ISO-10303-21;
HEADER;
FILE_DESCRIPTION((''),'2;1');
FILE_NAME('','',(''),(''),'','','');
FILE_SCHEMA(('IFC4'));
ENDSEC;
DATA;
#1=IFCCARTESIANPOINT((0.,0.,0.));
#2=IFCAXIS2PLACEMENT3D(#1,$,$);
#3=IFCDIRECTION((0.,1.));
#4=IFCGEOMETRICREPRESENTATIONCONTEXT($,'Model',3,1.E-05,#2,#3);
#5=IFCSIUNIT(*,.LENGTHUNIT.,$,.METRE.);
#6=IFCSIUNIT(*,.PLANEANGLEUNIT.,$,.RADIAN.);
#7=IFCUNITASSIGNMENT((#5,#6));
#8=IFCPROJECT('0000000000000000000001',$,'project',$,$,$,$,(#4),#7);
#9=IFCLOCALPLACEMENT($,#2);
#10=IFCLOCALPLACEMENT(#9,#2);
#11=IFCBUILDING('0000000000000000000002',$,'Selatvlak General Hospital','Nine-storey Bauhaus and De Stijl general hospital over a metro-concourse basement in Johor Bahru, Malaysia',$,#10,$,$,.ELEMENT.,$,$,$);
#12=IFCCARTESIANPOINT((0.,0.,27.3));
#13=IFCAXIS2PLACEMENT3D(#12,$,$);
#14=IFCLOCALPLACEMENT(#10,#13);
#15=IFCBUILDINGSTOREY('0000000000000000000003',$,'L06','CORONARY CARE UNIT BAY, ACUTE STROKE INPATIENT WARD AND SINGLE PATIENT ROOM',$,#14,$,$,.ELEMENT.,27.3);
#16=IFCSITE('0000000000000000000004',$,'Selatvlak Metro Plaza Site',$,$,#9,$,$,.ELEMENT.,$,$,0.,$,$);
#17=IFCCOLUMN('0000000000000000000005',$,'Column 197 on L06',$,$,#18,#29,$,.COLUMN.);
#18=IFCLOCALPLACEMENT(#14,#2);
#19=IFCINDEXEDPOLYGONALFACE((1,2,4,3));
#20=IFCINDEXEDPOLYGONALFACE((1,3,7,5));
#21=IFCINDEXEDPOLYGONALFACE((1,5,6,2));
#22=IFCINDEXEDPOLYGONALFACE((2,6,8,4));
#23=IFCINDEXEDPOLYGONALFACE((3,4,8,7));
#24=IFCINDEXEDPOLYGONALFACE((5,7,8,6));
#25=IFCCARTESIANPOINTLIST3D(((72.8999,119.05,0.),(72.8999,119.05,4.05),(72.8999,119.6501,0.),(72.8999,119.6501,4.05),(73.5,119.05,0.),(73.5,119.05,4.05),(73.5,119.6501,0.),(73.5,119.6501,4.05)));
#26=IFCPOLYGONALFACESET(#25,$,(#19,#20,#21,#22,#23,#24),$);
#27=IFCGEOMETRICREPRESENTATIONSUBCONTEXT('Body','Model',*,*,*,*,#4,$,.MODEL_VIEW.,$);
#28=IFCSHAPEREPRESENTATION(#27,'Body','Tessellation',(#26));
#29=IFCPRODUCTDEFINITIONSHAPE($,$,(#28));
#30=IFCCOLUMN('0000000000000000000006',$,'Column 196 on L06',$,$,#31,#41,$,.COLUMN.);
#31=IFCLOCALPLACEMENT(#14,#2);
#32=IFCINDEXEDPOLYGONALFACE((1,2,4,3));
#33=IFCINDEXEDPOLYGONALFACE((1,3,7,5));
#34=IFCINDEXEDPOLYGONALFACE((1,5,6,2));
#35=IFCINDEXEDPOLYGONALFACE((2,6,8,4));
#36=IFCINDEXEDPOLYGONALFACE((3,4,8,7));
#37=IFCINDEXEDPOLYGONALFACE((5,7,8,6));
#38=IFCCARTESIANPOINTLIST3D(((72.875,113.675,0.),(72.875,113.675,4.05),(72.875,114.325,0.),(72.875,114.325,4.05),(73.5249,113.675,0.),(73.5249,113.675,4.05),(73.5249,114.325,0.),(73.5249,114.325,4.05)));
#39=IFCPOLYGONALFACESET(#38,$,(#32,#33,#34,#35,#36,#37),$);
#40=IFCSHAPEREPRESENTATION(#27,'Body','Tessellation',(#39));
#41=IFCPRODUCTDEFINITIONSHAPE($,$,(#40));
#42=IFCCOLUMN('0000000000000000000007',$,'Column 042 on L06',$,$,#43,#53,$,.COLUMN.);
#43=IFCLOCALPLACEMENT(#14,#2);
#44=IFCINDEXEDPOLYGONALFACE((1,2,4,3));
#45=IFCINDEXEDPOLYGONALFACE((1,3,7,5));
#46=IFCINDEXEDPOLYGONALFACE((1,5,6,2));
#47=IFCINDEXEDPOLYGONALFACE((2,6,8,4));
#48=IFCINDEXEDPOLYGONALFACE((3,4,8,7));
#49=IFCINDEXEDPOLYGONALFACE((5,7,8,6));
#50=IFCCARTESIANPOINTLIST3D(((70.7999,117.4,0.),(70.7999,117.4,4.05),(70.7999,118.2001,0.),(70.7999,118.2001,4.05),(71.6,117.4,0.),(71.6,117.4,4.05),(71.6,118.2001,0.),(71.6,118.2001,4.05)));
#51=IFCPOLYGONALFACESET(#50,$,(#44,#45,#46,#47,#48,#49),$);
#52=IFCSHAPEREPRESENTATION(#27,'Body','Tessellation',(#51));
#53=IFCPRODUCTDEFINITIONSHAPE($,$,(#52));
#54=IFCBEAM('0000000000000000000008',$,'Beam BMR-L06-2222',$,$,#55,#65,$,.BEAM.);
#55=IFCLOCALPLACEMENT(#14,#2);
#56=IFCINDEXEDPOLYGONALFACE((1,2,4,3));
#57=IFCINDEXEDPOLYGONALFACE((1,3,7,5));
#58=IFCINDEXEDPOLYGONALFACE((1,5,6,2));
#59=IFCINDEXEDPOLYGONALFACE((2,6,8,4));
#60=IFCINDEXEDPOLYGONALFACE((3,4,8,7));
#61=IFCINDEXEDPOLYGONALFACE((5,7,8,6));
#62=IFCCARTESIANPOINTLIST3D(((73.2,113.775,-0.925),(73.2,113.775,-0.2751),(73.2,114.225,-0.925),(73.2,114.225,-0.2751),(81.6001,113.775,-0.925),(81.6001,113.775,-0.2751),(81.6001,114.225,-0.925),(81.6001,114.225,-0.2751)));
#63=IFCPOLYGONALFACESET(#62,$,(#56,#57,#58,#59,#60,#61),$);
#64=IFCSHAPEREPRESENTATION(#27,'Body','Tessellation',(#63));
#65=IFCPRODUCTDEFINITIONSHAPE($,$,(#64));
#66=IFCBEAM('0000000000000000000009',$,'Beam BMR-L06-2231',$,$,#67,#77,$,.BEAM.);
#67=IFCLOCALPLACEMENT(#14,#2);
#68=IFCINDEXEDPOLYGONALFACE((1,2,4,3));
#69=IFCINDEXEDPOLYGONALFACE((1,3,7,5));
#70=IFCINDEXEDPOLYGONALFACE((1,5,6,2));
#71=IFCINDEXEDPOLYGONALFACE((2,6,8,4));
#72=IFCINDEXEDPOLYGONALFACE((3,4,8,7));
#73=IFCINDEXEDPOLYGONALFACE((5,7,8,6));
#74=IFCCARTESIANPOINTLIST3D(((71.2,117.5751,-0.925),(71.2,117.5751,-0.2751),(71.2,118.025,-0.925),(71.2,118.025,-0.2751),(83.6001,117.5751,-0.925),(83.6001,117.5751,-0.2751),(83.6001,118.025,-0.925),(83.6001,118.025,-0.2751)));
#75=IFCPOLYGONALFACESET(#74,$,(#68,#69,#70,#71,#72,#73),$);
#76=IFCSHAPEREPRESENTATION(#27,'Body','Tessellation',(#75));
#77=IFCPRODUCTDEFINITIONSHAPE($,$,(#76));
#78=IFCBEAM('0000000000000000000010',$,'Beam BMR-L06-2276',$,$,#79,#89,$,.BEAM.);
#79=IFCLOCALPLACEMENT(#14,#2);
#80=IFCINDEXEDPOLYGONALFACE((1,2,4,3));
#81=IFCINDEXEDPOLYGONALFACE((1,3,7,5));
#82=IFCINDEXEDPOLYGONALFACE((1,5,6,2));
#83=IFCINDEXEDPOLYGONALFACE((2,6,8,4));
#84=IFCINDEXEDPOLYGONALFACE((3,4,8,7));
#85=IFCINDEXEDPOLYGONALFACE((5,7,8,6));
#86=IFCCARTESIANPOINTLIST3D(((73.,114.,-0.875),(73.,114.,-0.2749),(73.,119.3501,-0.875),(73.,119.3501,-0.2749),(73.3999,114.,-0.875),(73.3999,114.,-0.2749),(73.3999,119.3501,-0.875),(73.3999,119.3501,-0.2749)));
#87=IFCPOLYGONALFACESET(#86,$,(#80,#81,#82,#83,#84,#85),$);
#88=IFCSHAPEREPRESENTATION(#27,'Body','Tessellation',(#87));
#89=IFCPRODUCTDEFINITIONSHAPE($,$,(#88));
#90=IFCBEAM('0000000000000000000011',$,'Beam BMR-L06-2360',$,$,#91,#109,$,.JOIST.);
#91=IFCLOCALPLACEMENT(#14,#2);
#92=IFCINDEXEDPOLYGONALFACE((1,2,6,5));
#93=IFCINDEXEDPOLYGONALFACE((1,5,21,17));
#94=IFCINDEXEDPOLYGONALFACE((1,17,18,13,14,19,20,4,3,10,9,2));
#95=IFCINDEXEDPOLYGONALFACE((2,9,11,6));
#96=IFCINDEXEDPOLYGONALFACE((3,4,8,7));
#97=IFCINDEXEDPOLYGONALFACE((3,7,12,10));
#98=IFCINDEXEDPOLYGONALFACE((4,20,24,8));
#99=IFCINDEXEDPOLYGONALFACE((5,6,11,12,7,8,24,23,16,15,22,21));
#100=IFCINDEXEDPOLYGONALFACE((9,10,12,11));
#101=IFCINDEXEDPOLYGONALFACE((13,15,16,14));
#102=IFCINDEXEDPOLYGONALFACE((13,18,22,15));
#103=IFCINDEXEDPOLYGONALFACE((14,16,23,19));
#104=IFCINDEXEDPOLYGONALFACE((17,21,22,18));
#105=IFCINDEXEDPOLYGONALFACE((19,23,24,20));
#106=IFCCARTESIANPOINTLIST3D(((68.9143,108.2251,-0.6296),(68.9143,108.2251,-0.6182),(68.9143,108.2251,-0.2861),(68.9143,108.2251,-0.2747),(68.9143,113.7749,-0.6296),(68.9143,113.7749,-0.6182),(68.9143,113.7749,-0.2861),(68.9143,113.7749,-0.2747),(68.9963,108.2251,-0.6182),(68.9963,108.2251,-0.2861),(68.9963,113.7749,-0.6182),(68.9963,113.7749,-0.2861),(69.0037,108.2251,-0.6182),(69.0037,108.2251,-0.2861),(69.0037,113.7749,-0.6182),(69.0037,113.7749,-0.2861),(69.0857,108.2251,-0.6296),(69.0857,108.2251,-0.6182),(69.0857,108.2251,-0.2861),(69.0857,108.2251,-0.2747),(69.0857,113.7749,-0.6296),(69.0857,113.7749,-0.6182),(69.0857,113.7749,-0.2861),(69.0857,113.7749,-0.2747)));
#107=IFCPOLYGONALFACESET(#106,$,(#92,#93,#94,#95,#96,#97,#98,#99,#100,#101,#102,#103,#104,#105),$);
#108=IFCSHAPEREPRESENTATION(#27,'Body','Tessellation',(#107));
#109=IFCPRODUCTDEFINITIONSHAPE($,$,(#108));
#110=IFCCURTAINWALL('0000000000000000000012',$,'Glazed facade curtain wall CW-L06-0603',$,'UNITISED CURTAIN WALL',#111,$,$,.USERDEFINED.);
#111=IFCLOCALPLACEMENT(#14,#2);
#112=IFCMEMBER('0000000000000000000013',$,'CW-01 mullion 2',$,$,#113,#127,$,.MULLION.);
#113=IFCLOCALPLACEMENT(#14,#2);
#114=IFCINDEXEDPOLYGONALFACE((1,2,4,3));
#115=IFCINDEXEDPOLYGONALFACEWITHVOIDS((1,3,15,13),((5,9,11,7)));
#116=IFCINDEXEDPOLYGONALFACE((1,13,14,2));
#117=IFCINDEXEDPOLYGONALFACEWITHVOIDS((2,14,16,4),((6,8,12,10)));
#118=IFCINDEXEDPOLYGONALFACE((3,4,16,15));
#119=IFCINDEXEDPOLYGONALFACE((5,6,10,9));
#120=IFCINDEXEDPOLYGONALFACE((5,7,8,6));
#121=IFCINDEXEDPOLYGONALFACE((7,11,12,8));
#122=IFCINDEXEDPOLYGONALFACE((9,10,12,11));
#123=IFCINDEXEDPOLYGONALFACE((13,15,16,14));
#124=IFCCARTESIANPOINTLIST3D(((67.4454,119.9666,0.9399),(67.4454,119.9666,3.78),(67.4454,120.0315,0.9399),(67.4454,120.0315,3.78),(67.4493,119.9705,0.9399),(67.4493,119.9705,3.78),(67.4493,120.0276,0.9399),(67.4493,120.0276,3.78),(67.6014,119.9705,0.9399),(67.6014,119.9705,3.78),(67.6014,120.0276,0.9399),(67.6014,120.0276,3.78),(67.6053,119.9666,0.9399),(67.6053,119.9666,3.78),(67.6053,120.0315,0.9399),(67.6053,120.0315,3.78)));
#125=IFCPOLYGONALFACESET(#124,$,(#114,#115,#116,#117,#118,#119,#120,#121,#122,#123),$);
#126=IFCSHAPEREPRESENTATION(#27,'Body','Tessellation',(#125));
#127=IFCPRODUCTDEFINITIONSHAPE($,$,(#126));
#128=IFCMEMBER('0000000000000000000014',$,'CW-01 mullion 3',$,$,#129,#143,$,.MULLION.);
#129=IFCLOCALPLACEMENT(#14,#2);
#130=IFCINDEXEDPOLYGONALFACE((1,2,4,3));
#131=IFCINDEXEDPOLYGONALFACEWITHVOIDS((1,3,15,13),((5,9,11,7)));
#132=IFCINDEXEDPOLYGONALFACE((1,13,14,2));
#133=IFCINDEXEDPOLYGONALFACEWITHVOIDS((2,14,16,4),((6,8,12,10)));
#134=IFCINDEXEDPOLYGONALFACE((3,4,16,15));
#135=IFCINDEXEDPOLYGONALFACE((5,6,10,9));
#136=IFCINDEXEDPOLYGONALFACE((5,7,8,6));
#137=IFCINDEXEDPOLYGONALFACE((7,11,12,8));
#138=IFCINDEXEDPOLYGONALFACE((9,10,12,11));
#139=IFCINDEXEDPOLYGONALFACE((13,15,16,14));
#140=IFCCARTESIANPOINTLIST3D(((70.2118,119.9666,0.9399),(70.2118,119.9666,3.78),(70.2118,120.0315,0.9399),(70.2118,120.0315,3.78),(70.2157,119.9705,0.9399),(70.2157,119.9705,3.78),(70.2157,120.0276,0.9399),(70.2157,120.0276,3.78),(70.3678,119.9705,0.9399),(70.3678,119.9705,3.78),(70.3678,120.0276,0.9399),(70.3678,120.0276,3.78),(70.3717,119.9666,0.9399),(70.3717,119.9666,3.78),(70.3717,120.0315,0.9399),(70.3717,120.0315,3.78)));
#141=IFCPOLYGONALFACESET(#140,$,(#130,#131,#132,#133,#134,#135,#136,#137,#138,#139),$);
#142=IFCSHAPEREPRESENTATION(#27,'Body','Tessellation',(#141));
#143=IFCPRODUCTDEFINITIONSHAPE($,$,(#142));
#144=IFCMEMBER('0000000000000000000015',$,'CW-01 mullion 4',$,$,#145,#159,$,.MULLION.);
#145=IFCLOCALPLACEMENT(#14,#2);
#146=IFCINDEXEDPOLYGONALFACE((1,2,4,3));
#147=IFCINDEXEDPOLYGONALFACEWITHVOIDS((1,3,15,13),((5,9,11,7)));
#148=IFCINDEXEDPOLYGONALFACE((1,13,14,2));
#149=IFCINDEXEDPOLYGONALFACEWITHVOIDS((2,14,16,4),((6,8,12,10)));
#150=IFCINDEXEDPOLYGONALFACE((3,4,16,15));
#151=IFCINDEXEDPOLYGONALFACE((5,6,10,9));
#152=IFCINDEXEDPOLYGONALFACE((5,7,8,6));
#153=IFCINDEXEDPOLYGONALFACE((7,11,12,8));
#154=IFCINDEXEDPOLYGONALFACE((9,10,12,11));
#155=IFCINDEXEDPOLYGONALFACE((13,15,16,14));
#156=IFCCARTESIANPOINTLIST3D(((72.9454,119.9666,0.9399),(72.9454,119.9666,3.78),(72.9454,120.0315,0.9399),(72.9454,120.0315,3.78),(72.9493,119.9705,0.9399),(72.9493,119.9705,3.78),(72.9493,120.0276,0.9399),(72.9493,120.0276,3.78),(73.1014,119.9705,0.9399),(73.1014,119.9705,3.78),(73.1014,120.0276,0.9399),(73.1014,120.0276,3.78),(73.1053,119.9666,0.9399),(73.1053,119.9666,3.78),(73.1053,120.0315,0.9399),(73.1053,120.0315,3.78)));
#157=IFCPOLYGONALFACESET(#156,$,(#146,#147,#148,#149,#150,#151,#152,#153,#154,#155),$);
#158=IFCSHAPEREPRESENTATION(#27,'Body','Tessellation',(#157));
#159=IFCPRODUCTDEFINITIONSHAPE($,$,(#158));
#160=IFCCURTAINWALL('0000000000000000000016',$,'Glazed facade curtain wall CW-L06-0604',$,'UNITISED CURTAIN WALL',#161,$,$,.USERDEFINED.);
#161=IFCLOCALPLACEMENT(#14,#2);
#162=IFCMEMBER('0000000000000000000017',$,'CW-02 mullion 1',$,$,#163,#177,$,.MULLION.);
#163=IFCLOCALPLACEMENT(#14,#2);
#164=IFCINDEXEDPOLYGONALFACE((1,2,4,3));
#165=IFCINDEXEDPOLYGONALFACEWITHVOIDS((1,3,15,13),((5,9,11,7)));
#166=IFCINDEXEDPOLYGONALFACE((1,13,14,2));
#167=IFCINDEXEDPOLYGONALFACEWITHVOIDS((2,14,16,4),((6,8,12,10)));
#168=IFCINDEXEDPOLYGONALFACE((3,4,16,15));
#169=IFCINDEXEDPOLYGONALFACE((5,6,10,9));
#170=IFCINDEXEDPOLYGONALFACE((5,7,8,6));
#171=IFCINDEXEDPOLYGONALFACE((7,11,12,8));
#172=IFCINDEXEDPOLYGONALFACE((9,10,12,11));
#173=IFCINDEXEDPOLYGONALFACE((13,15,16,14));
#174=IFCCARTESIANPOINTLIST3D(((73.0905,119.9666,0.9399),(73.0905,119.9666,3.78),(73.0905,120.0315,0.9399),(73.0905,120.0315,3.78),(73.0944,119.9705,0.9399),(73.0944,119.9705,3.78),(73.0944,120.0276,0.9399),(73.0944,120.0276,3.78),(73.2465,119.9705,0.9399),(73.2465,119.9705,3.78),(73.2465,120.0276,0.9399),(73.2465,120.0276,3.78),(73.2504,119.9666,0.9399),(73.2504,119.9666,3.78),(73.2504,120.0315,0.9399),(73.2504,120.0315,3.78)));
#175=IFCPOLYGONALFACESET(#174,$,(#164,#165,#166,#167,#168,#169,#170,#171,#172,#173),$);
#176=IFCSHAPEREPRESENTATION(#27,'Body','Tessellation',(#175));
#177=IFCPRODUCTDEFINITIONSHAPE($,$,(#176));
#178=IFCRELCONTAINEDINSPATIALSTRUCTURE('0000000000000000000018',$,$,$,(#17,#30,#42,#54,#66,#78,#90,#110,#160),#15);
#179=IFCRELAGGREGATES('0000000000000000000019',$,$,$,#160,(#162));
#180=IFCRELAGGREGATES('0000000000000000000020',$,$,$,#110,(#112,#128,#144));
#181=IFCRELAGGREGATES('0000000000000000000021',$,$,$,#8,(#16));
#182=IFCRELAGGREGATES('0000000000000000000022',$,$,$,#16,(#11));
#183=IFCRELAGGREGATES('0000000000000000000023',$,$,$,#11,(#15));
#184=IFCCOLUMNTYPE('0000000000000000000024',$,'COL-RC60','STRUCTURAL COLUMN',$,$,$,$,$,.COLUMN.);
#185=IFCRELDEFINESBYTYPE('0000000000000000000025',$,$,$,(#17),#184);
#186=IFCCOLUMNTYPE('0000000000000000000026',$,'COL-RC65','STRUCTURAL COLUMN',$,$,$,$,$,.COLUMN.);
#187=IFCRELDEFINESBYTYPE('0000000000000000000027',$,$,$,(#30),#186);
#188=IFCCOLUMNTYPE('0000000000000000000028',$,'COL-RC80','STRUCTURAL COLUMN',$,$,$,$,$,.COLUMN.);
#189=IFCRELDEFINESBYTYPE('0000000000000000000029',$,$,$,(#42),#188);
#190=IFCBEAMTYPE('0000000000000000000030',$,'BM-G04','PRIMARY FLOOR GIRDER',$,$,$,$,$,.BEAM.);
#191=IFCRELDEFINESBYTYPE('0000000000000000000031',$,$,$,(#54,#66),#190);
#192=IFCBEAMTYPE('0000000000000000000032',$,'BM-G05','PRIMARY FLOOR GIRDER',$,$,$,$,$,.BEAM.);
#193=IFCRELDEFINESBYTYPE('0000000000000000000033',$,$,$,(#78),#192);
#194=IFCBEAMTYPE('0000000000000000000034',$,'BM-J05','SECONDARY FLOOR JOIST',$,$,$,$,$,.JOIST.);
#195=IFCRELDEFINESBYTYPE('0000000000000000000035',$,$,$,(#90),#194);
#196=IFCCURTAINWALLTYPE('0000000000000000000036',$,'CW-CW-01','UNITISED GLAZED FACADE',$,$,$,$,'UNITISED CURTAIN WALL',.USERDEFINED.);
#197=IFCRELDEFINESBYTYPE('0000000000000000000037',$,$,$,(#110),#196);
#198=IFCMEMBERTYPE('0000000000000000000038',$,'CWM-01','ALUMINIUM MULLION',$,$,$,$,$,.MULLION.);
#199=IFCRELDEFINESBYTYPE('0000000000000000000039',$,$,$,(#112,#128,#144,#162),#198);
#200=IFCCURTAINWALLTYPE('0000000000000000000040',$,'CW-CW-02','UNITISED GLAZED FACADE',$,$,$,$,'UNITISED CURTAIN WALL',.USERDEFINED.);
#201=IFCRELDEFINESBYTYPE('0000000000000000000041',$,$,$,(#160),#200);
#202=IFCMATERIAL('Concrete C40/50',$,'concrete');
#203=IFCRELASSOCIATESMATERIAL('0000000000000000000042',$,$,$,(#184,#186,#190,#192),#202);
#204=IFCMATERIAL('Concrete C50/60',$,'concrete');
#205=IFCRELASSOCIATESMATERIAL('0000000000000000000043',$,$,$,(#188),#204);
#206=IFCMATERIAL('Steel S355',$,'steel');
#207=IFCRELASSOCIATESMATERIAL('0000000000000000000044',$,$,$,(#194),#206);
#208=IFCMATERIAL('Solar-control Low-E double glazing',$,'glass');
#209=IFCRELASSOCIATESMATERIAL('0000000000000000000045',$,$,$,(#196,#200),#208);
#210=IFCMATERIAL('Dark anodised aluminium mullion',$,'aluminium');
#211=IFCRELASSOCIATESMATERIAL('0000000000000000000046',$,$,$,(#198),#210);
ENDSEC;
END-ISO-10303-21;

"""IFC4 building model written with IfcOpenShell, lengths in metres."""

from ifc_helpers import new_model, si_unit, direction, frame, origin, origin_2d, place, context, subcontext, project, spatial, rectangle, hollow_rectangle, i_section, extrude, material, material_profile, profile_set, type_object, element, aggregate, save


model = new_model("IFC4")

# Units and contexts
model_context = context("Model", 3, precision=1e-05, world=origin(), true_north=direction((0.0, 1.0)))
body_context = subcontext(model_context, "Body", "Model", "MODEL_VIEW")
ifc_project = project(units=[si_unit("LENGTHUNIT", "METRE"), si_unit("PLANEANGLEUNIT", "RADIAN")], contexts=[model_context])

# Site, building, storey
site_placement = place(None, origin())
site = spatial("IfcSite", under=ifc_project, at=site_placement, Name="Selatvlak Metro Plaza Site", CompositionType="ELEMENT", RefElevation=0.0)
building_placement = place(site_placement, origin())
building = spatial("IfcBuilding", under=site, at=building_placement, Name="Selatvlak General Hospital", Description="Nine-storey Bauhaus and De Stijl general hospital over a metro-concourse basement in Johor Bahru, Malaysia", CompositionType="ELEMENT")
storey_placement = place(building_placement, frame((0.0, 0.0, 27.3)))
storey = spatial("IfcBuildingStorey", under=building, at=storey_placement, Name="L06", Description="CORONARY CARE UNIT BAY, ACUTE STROKE INPATIENT WARD AND SINGLE PATIENT ROOM", CompositionType="ELEMENT", Elevation=27.3)

# Columns
ifc_material_1 = material(Name="Concrete C40/50", Category="concrete")
ifc_material_profile_1 = material_profile(ifc_material_1, rectangle(XDim=0.6001, YDim=0.6001, at=origin_2d()), Name="RC-COL 600x600")
ifc_profile_set_1 = profile_set([ifc_material_profile_1], Name="Concrete C40/50")
column_type_1 = type_object("IfcColumnType", Name="COL-RC60", Description="STRUCTURAL COLUMN", PredefinedType="COLUMN", material=ifc_profile_set_1)
column_1_placement = place(storey_placement, frame((73.2, 119.3501, 0.0), z_axis=(0.0, 0.0, 1.0), x_axis=(1.0, 0.0, 0.0)))
element("IfcColumn", 1, at=column_1_placement, inside=storey, type_object=column_type_1, Name="Column 197 on L06", PredefinedType="COLUMN", context=body_context, shape_type="SweptSolid", body=[
    extrude(rectangle(XDim=0.6001, YDim=0.6001, at=origin_2d()), origin(), (0.0, 0.0, 1.0), 4.05),
])
ifc_material_profile_2 = material_profile(ifc_material_1, rectangle(XDim=0.6499, YDim=0.6499, at=origin_2d()), Name="RC-COL 650x650")
ifc_profile_set_2 = profile_set([ifc_material_profile_2], Name="Concrete C40/50")
column_type_2 = type_object("IfcColumnType", Name="COL-RC65", Description="STRUCTURAL COLUMN", PredefinedType="COLUMN", material=ifc_profile_set_2)
column_2_placement = place(storey_placement, frame((73.2, 114.0, 0.0), z_axis=(0.0, 0.0, 1.0), x_axis=(1.0, 0.0, 0.0)))
element("IfcColumn", 2, at=column_2_placement, inside=storey, type_object=column_type_2, Name="Column 196 on L06", PredefinedType="COLUMN", context=body_context, shape_type="SweptSolid", body=[
    extrude(rectangle(XDim=0.6499, YDim=0.6499, at=origin_2d()), origin(), (0.0, 0.0, 1.0), 4.05),
])
ifc_material_2 = material(Name="Concrete C50/60", Category="concrete")
ifc_material_profile_3 = material_profile(ifc_material_2, rectangle(XDim=0.8, YDim=0.8, at=origin_2d()), Name="RC-COL 800x800")
ifc_profile_set_3 = profile_set([ifc_material_profile_3], Name="Concrete C50/60")
column_type_3 = type_object("IfcColumnType", Name="COL-RC80", Description="STRUCTURAL COLUMN", PredefinedType="COLUMN", material=ifc_profile_set_3)
column_3_placement = place(storey_placement, frame((71.2, 117.8, 0.0), z_axis=(0.0, 0.0, 1.0), x_axis=(1.0, 0.0, 0.0)))
element("IfcColumn", 3, at=column_3_placement, inside=storey, type_object=column_type_3, Name="Column 042 on L06", PredefinedType="COLUMN", context=body_context, shape_type="SweptSolid", body=[
    extrude(rectangle(XDim=0.8, YDim=0.8, at=origin_2d()), origin(), (0.0, 0.0, 1.0), 4.05),
])

# Beams
ifc_material_profile_4 = material_profile(ifc_material_1, rectangle(XDim=0.45, YDim=0.6499, at=origin_2d()), Name="RC-BM 450x650")
ifc_profile_set_4 = profile_set([ifc_material_profile_4], Name="Concrete C40/50")
beam_type_1 = type_object("IfcBeamType", Name="BM-G04", Description="PRIMARY FLOOR GIRDER", PredefinedType="BEAM", material=ifc_profile_set_4)
beam_1_placement = place(storey_placement, frame((73.2, 114.0, -0.6001), z_axis=(1.0, 0.0, 0.0), x_axis=(0.0, 1.0, 0.0)))
element("IfcBeam", 4, at=beam_1_placement, inside=storey, type_object=beam_type_1, Name="Beam BMR-L06-2222", PredefinedType="BEAM", context=body_context, shape_type="SweptSolid", body=[
    extrude(rectangle(XDim=0.45, YDim=0.6499, at=origin_2d()), origin(), (0.0, 0.0, 1.0), 8.4001),
])
beam_2_placement = place(storey_placement, frame((71.2, 117.8, -0.6001), z_axis=(1.0, 0.0, 0.0), x_axis=(0.0, 1.0, 0.0)))
element("IfcBeam", 5, at=beam_2_placement, inside=storey, type_object=beam_type_1, Name="Beam BMR-L06-2231", PredefinedType="BEAM", context=body_context, shape_type="SweptSolid", body=[
    extrude(rectangle(XDim=0.45, YDim=0.6499, at=origin_2d()), origin(), (0.0, 0.0, 1.0), 12.4001),
])
ifc_material_profile_5 = material_profile(ifc_material_1, rectangle(XDim=0.3999, YDim=0.6001, at=origin_2d()), Name="RC-BM 400x600")
ifc_profile_set_5 = profile_set([ifc_material_profile_5], Name="Concrete C40/50")
beam_type_2 = type_object("IfcBeamType", Name="BM-G05", Description="PRIMARY FLOOR GIRDER", PredefinedType="BEAM", material=ifc_profile_set_5)
beam_3_placement = place(storey_placement, frame((73.2, 114.0, -0.575), z_axis=(0.0, 1.0, 0.0), x_axis=(-1.0, 0.0, 0.0)))
element("IfcBeam", 6, at=beam_3_placement, inside=storey, type_object=beam_type_2, Name="Beam BMR-L06-2276", PredefinedType="BEAM", context=body_context, shape_type="SweptSolid", body=[
    extrude(rectangle(XDim=0.3999, YDim=0.6001, at=origin_2d()), origin(), (0.0, 0.0, 1.0), 5.3501),
])
ifc_material_3 = material(Name="Steel S355", Category="steel")
ifc_material_profile_6 = material_profile(ifc_material_3, i_section(OverallWidth=0.1714, OverallDepth=0.355, WebThickness=0.0073, FlangeThickness=0.0115, at=origin_2d()), Name="UB 356x171x51")
ifc_profile_set_6 = profile_set([ifc_material_profile_6], Name="Steel S355")
beam_type_3 = type_object("IfcBeamType", Name="BM-J05", Description="SECONDARY FLOOR JOIST", PredefinedType="JOIST", material=ifc_profile_set_6)
beam_4_placement = place(storey_placement, frame((69.0, 108.2251, -0.4521), z_axis=(0.0, 1.0, 0.0), x_axis=(-1.0, 0.0, 0.0)))
element("IfcBeam", 7, at=beam_4_placement, inside=storey, type_object=beam_type_3, Name="Beam BMR-L06-2360", PredefinedType="JOIST", context=body_context, shape_type="SweptSolid", body=[
    extrude(i_section(OverallWidth=0.1714, OverallDepth=0.355, WebThickness=0.0073, FlangeThickness=0.0115, at=origin_2d()), origin(), (0.0, 0.0, 1.0), 5.5498),
])

# Curtain wall, members
ifc_material_4 = material(Name="Solar-control Low-E double glazing", Category="glass")
curtain_wall_type_1 = type_object("IfcCurtainWallType", Name="CW-CW-01", Description="UNITISED GLAZED FACADE", ElementType="UNITISED CURTAIN WALL", PredefinedType="USERDEFINED", material=ifc_material_4)
curtain_wall_1_placement = place(storey_placement, origin())
curtain_wall_1 = element("IfcCurtainWall", 8, at=curtain_wall_1_placement, inside=storey, type_object=curtain_wall_type_1, Name="Glazed facade curtain wall CW-L06-0603", ObjectType="UNITISED CURTAIN WALL", PredefinedType="USERDEFINED")
ifc_material_5 = material(Name="Dark anodised aluminium mullion", Category="aluminium")
ifc_material_profile_7 = material_profile(ifc_material_5, hollow_rectangle(XDim=0.0649, YDim=0.1599, WallThickness=0.0039, at=origin_2d()), Name="AL-MUL 65x160x4")
ifc_profile_set_7 = profile_set([ifc_material_profile_7], Name="Dark anodised aluminium mullion")
member_type_1 = type_object("IfcMemberType", Name="CWM-01", Description="ALUMINIUM MULLION", PredefinedType="MULLION", material=ifc_profile_set_7)
member_1_placement = place(storey_placement, frame((67.5254, 119.999, 0.9399), z_axis=(0.0, 0.0, 1.0), x_axis=(0.0, 1.0, 0.0)))
member_1 = element("IfcMember", 9, at=member_1_placement, type_object=member_type_1, Name="CW-01 mullion 2", PredefinedType="MULLION", context=body_context, shape_type="SweptSolid", body=[
    extrude(hollow_rectangle(XDim=0.0649, YDim=0.1599, WallThickness=0.0039, at=origin_2d()), origin(), (0.0, 0.0, 1.0), 2.8401),
])
member_2_placement = place(storey_placement, frame((70.2917, 119.999, 0.9399), z_axis=(0.0, 0.0, 1.0), x_axis=(0.0, 1.0, 0.0)))
member_2 = element("IfcMember", 10, at=member_2_placement, type_object=member_type_1, Name="CW-01 mullion 3", PredefinedType="MULLION", context=body_context, shape_type="SweptSolid", body=[
    extrude(hollow_rectangle(XDim=0.0649, YDim=0.1599, WallThickness=0.0039, at=origin_2d()), origin(), (0.0, 0.0, 1.0), 2.8401),
])
member_3_placement = place(storey_placement, frame((73.0254, 119.999, 0.9399), z_axis=(0.0, 0.0, 1.0), x_axis=(0.0, 1.0, 0.0)))
member_3 = element("IfcMember", 11, at=member_3_placement, type_object=member_type_1, Name="CW-01 mullion 4", PredefinedType="MULLION", context=body_context, shape_type="SweptSolid", body=[
    extrude(hollow_rectangle(XDim=0.0649, YDim=0.1599, WallThickness=0.0039, at=origin_2d()), origin(), (0.0, 0.0, 1.0), 2.8401),
])

# Curtain wall, member
curtain_wall_type_2 = type_object("IfcCurtainWallType", Name="CW-CW-02", Description="UNITISED GLAZED FACADE", ElementType="UNITISED CURTAIN WALL", PredefinedType="USERDEFINED", material=ifc_material_4)
curtain_wall_2_placement = place(storey_placement, origin())
curtain_wall_2 = element("IfcCurtainWall", 12, at=curtain_wall_2_placement, inside=storey, type_object=curtain_wall_type_2, Name="Glazed facade curtain wall CW-L06-0604", ObjectType="UNITISED CURTAIN WALL", PredefinedType="USERDEFINED")
member_4_placement = place(storey_placement, frame((73.1704, 119.999, 0.9399), z_axis=(0.0, 0.0, 1.0), x_axis=(0.0, 1.0, 0.0)))
member_4 = element("IfcMember", 13, at=member_4_placement, type_object=member_type_1, Name="CW-02 mullion 1", PredefinedType="MULLION", context=body_context, shape_type="SweptSolid", body=[
    extrude(hollow_rectangle(XDim=0.0649, YDim=0.1599, WallThickness=0.0039, at=origin_2d()), origin(), (0.0, 0.0, 1.0), 2.8401),
])
aggregate(curtain_wall_2, [member_4])

aggregate(curtain_wall_1, [member_1, member_2, member_3])

save(model, "model.ifc")
